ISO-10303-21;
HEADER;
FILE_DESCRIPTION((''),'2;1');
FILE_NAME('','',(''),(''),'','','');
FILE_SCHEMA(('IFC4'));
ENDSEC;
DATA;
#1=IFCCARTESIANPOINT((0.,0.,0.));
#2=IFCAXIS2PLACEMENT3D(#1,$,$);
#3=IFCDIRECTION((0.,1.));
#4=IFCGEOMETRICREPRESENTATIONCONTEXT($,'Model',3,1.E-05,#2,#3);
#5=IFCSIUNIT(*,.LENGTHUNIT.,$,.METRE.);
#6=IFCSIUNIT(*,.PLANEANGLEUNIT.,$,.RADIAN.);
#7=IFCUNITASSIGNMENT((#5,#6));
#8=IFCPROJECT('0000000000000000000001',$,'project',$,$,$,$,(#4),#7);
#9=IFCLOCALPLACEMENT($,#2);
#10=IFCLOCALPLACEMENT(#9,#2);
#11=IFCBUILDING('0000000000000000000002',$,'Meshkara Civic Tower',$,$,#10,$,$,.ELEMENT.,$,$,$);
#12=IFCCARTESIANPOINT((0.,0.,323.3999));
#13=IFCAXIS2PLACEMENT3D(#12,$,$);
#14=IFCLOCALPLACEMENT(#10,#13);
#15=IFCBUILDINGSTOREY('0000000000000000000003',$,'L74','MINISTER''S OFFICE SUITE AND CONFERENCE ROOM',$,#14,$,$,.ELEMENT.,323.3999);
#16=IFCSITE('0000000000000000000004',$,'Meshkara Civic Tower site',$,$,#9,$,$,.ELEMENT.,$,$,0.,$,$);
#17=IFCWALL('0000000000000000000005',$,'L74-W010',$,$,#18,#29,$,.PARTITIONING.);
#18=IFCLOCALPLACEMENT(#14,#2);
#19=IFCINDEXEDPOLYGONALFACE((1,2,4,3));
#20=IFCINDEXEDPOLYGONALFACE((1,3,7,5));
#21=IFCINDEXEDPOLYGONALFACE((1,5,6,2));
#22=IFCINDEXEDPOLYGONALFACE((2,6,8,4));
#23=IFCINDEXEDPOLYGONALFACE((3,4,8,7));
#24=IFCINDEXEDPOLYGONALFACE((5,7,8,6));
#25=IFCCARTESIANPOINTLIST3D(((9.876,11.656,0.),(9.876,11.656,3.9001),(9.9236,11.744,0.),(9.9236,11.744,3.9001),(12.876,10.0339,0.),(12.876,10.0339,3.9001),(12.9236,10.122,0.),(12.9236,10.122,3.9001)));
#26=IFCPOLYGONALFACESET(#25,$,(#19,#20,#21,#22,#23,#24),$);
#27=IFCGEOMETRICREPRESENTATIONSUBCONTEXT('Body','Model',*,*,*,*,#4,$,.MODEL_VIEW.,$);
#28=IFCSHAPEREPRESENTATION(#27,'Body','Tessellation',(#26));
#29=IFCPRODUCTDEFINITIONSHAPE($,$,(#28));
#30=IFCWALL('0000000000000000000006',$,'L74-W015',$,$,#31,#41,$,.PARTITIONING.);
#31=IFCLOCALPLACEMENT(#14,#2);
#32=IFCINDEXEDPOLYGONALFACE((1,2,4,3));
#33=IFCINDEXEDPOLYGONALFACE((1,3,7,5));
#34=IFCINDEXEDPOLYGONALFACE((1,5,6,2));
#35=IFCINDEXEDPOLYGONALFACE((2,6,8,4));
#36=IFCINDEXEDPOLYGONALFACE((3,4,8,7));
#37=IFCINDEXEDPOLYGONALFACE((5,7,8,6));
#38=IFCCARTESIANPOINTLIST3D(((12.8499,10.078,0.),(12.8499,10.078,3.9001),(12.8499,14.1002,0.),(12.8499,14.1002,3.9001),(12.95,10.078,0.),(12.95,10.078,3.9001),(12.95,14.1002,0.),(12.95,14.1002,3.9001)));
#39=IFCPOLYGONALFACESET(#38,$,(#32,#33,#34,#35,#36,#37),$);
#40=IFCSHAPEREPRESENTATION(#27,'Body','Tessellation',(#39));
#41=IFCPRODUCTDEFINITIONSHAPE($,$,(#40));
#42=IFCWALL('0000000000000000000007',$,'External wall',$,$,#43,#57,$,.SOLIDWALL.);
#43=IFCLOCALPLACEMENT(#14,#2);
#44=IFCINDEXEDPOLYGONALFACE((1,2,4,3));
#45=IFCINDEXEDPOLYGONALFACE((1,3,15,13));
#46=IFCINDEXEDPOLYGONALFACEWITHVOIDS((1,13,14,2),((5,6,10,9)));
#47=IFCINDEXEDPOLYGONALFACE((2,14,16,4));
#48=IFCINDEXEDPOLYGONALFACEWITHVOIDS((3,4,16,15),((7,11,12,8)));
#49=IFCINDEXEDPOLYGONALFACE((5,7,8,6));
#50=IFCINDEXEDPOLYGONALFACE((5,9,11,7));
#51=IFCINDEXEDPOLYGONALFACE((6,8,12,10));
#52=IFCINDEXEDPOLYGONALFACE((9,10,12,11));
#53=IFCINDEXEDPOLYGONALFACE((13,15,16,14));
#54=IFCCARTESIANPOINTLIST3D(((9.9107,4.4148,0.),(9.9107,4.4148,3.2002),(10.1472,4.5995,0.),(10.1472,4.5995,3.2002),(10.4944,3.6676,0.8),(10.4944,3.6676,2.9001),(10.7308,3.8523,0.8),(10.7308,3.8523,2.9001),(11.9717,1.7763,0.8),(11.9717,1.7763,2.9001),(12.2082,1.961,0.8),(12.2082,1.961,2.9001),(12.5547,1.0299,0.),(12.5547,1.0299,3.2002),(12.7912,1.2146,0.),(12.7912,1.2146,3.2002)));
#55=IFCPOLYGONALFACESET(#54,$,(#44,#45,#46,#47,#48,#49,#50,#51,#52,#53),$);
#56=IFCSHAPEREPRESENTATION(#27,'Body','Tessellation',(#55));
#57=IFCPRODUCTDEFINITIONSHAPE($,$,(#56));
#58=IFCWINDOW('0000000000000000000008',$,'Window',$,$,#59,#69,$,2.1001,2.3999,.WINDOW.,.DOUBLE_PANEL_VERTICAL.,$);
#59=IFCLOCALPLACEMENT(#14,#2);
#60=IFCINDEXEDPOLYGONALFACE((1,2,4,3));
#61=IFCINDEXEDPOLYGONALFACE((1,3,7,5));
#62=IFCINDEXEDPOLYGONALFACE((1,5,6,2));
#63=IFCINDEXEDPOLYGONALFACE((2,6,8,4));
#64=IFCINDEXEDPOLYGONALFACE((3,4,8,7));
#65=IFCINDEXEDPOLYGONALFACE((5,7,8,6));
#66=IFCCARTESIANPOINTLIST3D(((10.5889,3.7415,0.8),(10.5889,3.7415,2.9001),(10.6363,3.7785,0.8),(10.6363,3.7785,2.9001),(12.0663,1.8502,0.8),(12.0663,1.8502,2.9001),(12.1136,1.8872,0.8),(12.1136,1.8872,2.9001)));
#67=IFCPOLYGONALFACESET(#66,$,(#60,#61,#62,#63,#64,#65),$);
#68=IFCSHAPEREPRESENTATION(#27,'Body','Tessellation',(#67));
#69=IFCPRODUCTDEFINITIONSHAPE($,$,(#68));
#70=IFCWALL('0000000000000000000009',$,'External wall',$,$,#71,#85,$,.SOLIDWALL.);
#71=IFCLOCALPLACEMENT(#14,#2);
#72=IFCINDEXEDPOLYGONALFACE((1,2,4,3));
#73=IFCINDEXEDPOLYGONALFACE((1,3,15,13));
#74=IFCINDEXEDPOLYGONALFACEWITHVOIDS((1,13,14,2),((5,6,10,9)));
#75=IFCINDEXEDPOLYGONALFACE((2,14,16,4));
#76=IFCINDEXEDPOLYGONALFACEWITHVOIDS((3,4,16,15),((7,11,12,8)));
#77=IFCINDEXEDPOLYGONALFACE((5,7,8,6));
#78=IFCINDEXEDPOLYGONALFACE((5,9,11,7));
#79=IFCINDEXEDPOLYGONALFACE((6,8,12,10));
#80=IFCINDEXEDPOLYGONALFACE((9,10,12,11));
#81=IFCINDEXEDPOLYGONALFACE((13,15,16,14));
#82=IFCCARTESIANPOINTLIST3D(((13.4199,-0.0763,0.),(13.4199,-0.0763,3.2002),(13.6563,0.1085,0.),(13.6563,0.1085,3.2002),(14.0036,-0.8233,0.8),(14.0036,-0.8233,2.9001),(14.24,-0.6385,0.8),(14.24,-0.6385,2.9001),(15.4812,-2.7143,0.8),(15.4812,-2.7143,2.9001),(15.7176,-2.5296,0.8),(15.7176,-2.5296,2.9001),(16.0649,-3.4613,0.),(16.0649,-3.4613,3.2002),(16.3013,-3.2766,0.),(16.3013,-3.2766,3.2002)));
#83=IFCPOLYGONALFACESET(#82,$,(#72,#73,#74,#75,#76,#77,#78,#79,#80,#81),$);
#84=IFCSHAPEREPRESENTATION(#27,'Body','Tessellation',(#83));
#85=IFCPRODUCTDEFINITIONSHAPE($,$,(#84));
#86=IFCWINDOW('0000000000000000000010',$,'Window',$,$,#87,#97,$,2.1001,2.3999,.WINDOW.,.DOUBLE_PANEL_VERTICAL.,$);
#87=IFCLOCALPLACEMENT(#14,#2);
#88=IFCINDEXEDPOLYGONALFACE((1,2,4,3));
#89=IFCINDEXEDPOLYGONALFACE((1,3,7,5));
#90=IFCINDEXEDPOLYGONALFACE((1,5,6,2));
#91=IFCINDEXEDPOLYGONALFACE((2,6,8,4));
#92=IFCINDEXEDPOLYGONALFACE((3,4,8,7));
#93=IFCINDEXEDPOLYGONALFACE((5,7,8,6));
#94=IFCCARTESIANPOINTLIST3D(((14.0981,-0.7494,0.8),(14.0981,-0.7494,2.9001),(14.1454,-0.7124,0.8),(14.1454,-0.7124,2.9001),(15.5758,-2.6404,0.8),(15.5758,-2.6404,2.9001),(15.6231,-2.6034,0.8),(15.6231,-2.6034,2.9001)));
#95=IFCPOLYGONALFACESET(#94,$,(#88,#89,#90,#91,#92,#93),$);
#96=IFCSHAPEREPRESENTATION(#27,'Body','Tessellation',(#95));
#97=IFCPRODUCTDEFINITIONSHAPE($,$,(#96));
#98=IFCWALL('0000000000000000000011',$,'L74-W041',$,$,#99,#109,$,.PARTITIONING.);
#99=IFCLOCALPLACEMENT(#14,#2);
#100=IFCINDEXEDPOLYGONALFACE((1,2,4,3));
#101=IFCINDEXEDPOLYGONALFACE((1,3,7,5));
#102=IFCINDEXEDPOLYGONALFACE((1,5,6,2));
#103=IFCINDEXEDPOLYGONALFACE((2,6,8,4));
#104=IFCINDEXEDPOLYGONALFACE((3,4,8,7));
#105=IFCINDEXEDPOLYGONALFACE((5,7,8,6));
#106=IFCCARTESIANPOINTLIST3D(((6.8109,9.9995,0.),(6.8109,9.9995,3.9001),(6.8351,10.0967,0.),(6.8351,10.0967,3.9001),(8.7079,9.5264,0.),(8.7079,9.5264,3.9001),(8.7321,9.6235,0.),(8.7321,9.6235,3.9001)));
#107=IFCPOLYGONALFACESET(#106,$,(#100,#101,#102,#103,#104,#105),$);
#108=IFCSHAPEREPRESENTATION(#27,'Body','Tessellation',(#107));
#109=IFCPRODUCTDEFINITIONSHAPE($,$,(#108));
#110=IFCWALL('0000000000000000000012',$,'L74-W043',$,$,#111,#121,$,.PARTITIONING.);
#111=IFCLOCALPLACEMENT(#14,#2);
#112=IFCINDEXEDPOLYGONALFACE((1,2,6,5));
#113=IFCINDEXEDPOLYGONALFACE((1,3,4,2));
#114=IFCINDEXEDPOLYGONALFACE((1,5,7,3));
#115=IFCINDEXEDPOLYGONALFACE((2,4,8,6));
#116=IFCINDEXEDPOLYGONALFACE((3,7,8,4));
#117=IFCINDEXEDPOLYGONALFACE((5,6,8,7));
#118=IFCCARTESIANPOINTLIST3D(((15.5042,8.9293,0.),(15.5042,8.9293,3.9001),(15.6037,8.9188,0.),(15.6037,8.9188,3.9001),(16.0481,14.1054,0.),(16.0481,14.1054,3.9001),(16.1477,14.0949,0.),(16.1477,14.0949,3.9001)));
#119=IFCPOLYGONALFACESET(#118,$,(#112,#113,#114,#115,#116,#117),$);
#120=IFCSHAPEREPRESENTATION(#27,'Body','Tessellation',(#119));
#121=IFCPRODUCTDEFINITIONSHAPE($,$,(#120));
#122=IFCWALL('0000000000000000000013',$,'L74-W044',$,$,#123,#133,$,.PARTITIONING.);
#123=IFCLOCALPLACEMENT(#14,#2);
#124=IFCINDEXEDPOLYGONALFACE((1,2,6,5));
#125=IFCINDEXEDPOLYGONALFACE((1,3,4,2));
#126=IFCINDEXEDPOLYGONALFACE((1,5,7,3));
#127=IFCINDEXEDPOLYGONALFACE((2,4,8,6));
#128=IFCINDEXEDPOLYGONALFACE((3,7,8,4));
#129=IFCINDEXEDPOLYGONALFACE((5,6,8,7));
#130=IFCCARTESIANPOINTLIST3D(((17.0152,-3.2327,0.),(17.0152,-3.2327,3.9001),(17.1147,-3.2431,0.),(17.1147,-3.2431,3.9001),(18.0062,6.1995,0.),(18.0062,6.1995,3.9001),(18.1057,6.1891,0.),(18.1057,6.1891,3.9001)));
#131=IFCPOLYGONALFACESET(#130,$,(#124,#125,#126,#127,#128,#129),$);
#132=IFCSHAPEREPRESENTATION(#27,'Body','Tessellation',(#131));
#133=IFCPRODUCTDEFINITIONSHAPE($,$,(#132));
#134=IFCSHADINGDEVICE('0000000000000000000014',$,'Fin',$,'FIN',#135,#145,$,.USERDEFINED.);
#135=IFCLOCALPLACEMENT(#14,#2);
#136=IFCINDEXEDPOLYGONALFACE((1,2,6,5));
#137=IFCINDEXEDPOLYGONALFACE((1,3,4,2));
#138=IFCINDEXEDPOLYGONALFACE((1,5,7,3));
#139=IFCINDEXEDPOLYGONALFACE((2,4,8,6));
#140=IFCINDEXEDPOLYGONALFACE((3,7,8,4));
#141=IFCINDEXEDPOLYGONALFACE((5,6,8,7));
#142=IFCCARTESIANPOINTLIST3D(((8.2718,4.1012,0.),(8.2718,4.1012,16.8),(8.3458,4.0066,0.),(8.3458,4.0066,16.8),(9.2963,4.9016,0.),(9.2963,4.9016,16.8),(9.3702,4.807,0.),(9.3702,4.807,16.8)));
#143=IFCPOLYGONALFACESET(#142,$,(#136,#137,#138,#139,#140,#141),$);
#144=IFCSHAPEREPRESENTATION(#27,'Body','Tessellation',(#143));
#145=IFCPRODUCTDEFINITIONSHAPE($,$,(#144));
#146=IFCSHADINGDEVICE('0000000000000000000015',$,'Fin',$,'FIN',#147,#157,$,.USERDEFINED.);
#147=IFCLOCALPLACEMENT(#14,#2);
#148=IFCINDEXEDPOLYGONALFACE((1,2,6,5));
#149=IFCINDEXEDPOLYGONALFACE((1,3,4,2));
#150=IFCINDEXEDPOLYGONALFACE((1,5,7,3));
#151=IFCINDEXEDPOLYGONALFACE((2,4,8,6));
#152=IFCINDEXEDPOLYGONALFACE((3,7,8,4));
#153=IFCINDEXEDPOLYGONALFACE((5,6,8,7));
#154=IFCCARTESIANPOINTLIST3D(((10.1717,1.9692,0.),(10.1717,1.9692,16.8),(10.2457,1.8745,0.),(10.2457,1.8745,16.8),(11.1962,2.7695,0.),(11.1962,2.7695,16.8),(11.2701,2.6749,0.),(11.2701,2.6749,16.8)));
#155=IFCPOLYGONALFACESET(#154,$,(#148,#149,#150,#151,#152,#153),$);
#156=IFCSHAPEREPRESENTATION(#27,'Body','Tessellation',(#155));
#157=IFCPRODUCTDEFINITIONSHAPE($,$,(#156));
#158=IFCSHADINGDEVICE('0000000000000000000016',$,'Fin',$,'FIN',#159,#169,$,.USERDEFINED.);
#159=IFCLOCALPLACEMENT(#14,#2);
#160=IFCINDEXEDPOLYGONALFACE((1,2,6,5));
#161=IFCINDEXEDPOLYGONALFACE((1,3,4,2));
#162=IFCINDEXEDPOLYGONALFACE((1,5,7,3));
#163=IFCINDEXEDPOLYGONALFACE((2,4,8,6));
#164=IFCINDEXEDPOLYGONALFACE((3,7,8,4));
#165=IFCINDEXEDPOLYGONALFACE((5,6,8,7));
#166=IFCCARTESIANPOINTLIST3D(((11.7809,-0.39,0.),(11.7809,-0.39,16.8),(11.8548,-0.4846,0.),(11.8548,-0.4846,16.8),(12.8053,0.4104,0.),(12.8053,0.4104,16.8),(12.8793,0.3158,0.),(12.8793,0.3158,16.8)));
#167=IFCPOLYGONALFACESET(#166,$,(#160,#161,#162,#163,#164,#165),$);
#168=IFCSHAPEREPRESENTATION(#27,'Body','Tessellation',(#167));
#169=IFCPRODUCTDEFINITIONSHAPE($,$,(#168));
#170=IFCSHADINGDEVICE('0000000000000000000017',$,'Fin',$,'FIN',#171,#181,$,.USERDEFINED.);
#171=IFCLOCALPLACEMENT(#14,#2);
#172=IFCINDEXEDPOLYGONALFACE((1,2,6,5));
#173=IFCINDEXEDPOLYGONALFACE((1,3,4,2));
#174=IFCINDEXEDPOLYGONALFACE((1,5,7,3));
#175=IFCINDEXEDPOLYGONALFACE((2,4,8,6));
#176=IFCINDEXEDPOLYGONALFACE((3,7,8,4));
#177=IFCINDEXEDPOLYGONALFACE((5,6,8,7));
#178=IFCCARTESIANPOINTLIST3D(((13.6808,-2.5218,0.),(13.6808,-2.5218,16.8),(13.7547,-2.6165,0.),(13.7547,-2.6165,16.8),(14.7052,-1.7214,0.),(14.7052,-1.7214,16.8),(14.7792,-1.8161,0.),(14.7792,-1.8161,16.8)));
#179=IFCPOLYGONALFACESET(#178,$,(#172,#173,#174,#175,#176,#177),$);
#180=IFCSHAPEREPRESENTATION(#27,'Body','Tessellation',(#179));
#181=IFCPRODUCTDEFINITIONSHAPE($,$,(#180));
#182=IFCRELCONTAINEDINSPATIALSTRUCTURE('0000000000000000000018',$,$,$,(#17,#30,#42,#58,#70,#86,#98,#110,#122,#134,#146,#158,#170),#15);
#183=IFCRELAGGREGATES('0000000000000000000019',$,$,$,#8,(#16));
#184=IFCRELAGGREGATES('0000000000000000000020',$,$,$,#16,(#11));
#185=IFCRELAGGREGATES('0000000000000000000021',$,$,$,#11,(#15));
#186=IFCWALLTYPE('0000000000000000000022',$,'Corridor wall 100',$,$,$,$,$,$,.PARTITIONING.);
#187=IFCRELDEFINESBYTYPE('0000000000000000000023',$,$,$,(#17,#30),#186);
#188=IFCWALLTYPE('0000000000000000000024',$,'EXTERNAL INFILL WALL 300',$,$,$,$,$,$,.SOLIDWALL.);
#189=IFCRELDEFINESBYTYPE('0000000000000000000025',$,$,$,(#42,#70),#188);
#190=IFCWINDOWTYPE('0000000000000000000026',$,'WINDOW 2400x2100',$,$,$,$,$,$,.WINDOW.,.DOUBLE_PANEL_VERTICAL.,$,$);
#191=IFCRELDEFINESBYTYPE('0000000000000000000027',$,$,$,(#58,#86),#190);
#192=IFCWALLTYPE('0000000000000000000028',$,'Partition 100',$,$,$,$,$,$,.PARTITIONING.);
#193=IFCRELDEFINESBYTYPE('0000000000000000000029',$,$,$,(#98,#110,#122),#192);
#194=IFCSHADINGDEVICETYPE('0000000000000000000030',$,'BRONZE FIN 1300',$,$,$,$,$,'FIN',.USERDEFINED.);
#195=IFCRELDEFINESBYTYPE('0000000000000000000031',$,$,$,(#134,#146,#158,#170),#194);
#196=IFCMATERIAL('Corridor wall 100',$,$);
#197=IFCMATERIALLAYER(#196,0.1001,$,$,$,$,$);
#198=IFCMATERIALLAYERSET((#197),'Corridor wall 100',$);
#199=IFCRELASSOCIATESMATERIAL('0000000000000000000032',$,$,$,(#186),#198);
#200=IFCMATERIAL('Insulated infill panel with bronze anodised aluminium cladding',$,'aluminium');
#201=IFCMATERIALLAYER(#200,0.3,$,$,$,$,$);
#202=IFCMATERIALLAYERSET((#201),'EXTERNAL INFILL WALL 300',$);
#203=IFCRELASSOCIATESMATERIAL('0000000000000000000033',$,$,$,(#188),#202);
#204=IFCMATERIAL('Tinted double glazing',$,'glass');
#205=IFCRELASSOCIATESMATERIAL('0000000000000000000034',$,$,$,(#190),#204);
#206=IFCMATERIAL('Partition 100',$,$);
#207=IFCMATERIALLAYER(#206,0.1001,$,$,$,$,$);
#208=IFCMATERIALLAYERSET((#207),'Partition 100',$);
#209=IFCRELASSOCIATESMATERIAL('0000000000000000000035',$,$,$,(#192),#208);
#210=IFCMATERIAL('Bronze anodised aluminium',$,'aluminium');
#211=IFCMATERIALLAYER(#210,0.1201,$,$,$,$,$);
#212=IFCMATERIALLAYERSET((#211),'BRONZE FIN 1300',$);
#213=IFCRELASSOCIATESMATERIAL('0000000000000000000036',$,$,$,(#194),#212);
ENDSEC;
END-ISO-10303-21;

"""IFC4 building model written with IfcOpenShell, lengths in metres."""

from ifc_helpers import new_model, si_unit, direction, frame, frame_2d, origin, origin_2d, place, context, subcontext, project, spatial, rectangle, extrude, material, layer, layer_set, type_object, element, fill, save


model = new_model("IFC4")

# Units and contexts
model_context = context("Model", 3, precision=1e-05, world=origin(), true_north=direction((0.0, 1.0)))
body_context = subcontext(model_context, "Body", "Model", "MODEL_VIEW")
ifc_project = project(units=[si_unit("LENGTHUNIT", "METRE"), si_unit("PLANEANGLEUNIT", "RADIAN")], contexts=[model_context])

# Site, building, storey
site_placement = place(None, origin())
site = spatial("IfcSite", under=ifc_project, at=site_placement, Name="Meshkara Civic Tower site", CompositionType="ELEMENT", RefElevation=0.0)
building_placement = place(site_placement, origin())
building = spatial("IfcBuilding", under=site, at=building_placement, Name="Meshkara Civic Tower", CompositionType="ELEMENT")
storey_placement = place(building_placement, frame((0.0, 0.0, 323.3999)))
storey = spatial("IfcBuildingStorey", under=building, at=storey_placement, Name="L74", Description="MINISTER'S OFFICE SUITE AND CONFERENCE ROOM", CompositionType="ELEMENT", Elevation=323.3999)

# Shared definitions
ifc_material_1 = material(Name="Corridor wall 100")
ifc_layer_1 = layer(ifc_material_1, 0.1001)
ifc_layer_set_1 = layer_set([ifc_layer_1], Name="Corridor wall 100")
wall_type_1 = type_object("IfcWallType", Name="Corridor wall 100", PredefinedType="PARTITIONING", material=ifc_layer_set_1)

# Walls
wall_1_placement = place(storey_placement, frame((9.8999, 11.7, 0.0), z_axis=(0.0, 0.0, 1.0), x_axis=(0.879651, -0.475619, 0.0)))
element("IfcWall", 1, at=wall_1_placement, inside=storey, type_object=wall_type_1, Name="L74-W010", PredefinedType="PARTITIONING", context=body_context, shape_type="SweptSolid", body=[
    extrude(rectangle(XDim=3.4104, YDim=0.1001, at=frame_2d((1.7051, 0.0))), origin(), (0.0, 0.0, 1.0), 3.9001),
])
wall_2_placement = place(storey_placement, frame((12.8999, 10.0779, 0.0), z_axis=(0.0, 0.0, 1.0), x_axis=(0.0, 1.0, 0.0)))
element("IfcWall", 2, at=wall_2_placement, inside=storey, type_object=wall_type_1, Name="L74-W015", PredefinedType="PARTITIONING", context=body_context, shape_type="SweptSolid", body=[
    extrude(rectangle(XDim=4.0222, YDim=0.1001, at=frame_2d((2.0112, 0.0))), origin(), (0.0, 0.0, 1.0), 3.9001),
])

# Walls, openings, windows
ifc_material_2 = material(Name="Insulated infill panel with bronze anodised aluminium cladding", Category="aluminium")
ifc_layer_2 = layer(ifc_material_2, 0.3)
ifc_layer_set_2 = layer_set([ifc_layer_2], Name="EXTERNAL INFILL WALL 300")
wall_type_2 = type_object("IfcWallType", Name="EXTERNAL INFILL WALL 300", PredefinedType="SOLIDWALL", material=ifc_layer_set_2)
wall_3_placement = place(storey_placement, frame((10.0291, 4.5071, 0.0), z_axis=(0.0, 0.0, 1.0), x_axis=(0.615572, -0.78808, 0.0)))
wall_3 = element("IfcWall", 3, at=wall_3_placement, inside=storey, type_object=wall_type_2, Name="External wall", PredefinedType="SOLIDWALL", context=body_context, shape_type="SweptSolid", body=[
    extrude(rectangle(XDim=4.2952, YDim=0.3, at=frame_2d((2.1475, 0.0))), origin(), (0.0, 0.0, 1.0), 3.2002),
])
opening_1_placement = place(wall_3_placement, frame((0.948, 0.0, 0.8)))
opening_1 = element("IfcOpeningElement", 4, at=opening_1_placement, cuts=wall_3, PredefinedType="OPENING", context=body_context, shape_type="SweptSolid", body=[
    extrude(rectangle(XDim=2.3999, YDim=2.1001, at=frame_2d((1.2, 1.05))), frame((0.0, 0.1599, 0.0), z_axis=(0.0, -1.0, 0.0), x_axis=(1.0, 0.0, 0.0)), (0.0, 0.0, 1.0), 0.3201),
])
ifc_material_3 = material(Name="Tinted double glazing", Category="glass")
window_type = type_object("IfcWindowType", Name="WINDOW 2400x2100", PartitioningType="DOUBLE_PANEL_VERTICAL", PredefinedType="WINDOW", material=ifc_material_3)
window_1_placement = place(opening_1_placement, origin())
window_1 = element("IfcWindow", 5, at=window_1_placement, inside=storey, type_object=window_type, Name="Window", OverallHeight=2.1001, OverallWidth=2.3999, PartitioningType="DOUBLE_PANEL_VERTICAL", PredefinedType="WINDOW", context=body_context, shape_type="SweptSolid", body=[
    extrude(rectangle(XDim=2.3999, YDim=2.1001, at=frame_2d((1.2, 1.05))), frame((0.0, 0.03, 0.0), z_axis=(0.0, -1.0, 0.0), x_axis=(1.0, 0.0, 0.0)), (0.0, 0.0, 1.0), 0.0601),
])
fill(opening_1, window_1)
wall_4_placement = place(storey_placement, frame((13.5381, 0.0161, 0.0), z_axis=(0.0, 0.0, 1.0), x_axis=(0.615714, -0.78797, 0.0)))
wall_4 = element("IfcWall", 6, at=wall_4_placement, inside=storey, type_object=wall_type_2, Name="External wall", PredefinedType="SOLIDWALL", context=body_context, shape_type="SweptSolid", body=[
    extrude(rectangle(XDim=4.2959, YDim=0.3, at=frame_2d((2.1479, 0.0))), origin(), (0.0, 0.0, 1.0), 3.2002),
])
opening_2_placement = place(wall_4_placement, frame((0.948, 0.0, 0.8)))
opening_2 = element("IfcOpeningElement", 7, at=opening_2_placement, cuts=wall_4, PredefinedType="OPENING", context=body_context, shape_type="SweptSolid", body=[
    extrude(rectangle(XDim=2.3999, YDim=2.1001, at=frame_2d((1.2, 1.05))), frame((0.0, 0.1599, 0.0), z_axis=(0.0, -1.0, 0.0), x_axis=(1.0, 0.0, 0.0)), (0.0, 0.0, 1.0), 0.3201),
])
window_2_placement = place(opening_2_placement, origin())
window_2 = element("IfcWindow", 8, at=window_2_placement, inside=storey, type_object=window_type, Name="Window", OverallHeight=2.1001, OverallWidth=2.3999, PartitioningType="DOUBLE_PANEL_VERTICAL", PredefinedType="WINDOW", context=body_context, shape_type="SweptSolid", body=[
    extrude(rectangle(XDim=2.3999, YDim=2.1001, at=frame_2d((1.2, 1.05))), frame((0.0, 0.03, 0.0), z_axis=(0.0, -1.0, 0.0), x_axis=(1.0, 0.0, 0.0)), (0.0, 0.0, 1.0), 0.0601),
])
fill(opening_2, window_2)

# Walls
ifc_material_4 = material(Name="Partition 100")
ifc_layer_3 = layer(ifc_material_4, 0.1001)
ifc_layer_set_3 = layer_set([ifc_layer_3], Name="Partition 100")
wall_type_3 = type_object("IfcWallType", Name="Partition 100", PredefinedType="PARTITIONING", material=ifc_layer_set_3)
wall_5_placement = place(storey_placement, frame((8.72, 9.575, 0.0), z_axis=(0.0, 0.0, 1.0), x_axis=(-0.970275, 0.242007, 0.0)))
element("IfcWall", 9, at=wall_5_placement, inside=storey, type_object=wall_type_3, Name="L74-W041", PredefinedType="PARTITIONING", context=body_context, shape_type="SweptSolid", body=[
    extrude(rectangle(XDim=1.9551, YDim=0.1001, at=frame_2d((0.9775, 0.0))), origin(), (0.0, 0.0, 1.0), 3.9001),
])
wall_6_placement = place(storey_placement, frame((15.554, 8.9241, 0.0), z_axis=(0.0, 0.0, 1.0), x_axis=(0.104514, 0.994523, 0.0)))
element("IfcWall", 10, at=wall_6_placement, inside=storey, type_object=wall_type_3, Name="L74-W043", PredefinedType="PARTITIONING", context=body_context, shape_type="SweptSolid", body=[
    extrude(rectangle(XDim=5.2046, YDim=0.1001, at=frame_2d((2.6023, 0.0))), origin(), (0.0, 0.0, 1.0), 3.9001),
])
wall_7_placement = place(storey_placement, frame((17.0649, -3.238, 0.0), z_axis=(0.0, 0.0, 1.0), x_axis=(0.104488, 0.994526, 0.0)))
element("IfcWall", 11, at=wall_7_placement, inside=storey, type_object=wall_type_3, Name="L74-W044", PredefinedType="PARTITIONING", context=body_context, shape_type="SweptSolid", body=[
    extrude(rectangle(XDim=9.4841, YDim=0.1001, at=frame_2d((4.7422, 0.0))), origin(), (0.0, 0.0, 1.0), 3.9001),
])

# Shading devices
ifc_material_5 = material(Name="Bronze anodised aluminium", Category="aluminium")
ifc_layer_4 = layer(ifc_material_5, 0.1201)
ifc_layer_set_4 = layer_set([ifc_layer_4], Name="BRONZE FIN 1300")
shading_device_type = type_object("IfcShadingDeviceType", Name="BRONZE FIN 1300", ElementType="FIN", PredefinedType="USERDEFINED", material=ifc_layer_set_4)
for number, where, z_axis, x_axis, name in (
    (12, (8.821, 4.4541, 0.0), (0.0, 0.0, 1.0), (0.615661, -0.788011, 0.0), "Fin"),
    (13, (10.7209, 2.322, 0.0), (0.0, 0.0, 1.0), (0.615661, -0.788011, 0.0), "Fin"),
    (14, (12.3301, -0.0371, 0.0), (0.0, 0.0, 1.0), (0.615661, -0.788011, 0.0), "Fin"),
    (15, (14.23, -2.1689, 0.0), (0.0, 0.0, 1.0), (0.615661, -0.788011, 0.0), "Fin"),
):
    element("IfcShadingDevice", number, at=place(storey_placement, frame(where, z_axis=z_axis, x_axis=x_axis)), inside=storey, type_object=shading_device_type, Name=name, ObjectType="FIN", PredefinedType="USERDEFINED", context=body_context, shape_type="SweptSolid", body=[
        extrude(rectangle(XDim=0.1201, YDim=1.3, at=origin_2d()), origin(), (0.0, 0.0, 1.0), 16.8),
    ])

save(model, "model.ifc")
